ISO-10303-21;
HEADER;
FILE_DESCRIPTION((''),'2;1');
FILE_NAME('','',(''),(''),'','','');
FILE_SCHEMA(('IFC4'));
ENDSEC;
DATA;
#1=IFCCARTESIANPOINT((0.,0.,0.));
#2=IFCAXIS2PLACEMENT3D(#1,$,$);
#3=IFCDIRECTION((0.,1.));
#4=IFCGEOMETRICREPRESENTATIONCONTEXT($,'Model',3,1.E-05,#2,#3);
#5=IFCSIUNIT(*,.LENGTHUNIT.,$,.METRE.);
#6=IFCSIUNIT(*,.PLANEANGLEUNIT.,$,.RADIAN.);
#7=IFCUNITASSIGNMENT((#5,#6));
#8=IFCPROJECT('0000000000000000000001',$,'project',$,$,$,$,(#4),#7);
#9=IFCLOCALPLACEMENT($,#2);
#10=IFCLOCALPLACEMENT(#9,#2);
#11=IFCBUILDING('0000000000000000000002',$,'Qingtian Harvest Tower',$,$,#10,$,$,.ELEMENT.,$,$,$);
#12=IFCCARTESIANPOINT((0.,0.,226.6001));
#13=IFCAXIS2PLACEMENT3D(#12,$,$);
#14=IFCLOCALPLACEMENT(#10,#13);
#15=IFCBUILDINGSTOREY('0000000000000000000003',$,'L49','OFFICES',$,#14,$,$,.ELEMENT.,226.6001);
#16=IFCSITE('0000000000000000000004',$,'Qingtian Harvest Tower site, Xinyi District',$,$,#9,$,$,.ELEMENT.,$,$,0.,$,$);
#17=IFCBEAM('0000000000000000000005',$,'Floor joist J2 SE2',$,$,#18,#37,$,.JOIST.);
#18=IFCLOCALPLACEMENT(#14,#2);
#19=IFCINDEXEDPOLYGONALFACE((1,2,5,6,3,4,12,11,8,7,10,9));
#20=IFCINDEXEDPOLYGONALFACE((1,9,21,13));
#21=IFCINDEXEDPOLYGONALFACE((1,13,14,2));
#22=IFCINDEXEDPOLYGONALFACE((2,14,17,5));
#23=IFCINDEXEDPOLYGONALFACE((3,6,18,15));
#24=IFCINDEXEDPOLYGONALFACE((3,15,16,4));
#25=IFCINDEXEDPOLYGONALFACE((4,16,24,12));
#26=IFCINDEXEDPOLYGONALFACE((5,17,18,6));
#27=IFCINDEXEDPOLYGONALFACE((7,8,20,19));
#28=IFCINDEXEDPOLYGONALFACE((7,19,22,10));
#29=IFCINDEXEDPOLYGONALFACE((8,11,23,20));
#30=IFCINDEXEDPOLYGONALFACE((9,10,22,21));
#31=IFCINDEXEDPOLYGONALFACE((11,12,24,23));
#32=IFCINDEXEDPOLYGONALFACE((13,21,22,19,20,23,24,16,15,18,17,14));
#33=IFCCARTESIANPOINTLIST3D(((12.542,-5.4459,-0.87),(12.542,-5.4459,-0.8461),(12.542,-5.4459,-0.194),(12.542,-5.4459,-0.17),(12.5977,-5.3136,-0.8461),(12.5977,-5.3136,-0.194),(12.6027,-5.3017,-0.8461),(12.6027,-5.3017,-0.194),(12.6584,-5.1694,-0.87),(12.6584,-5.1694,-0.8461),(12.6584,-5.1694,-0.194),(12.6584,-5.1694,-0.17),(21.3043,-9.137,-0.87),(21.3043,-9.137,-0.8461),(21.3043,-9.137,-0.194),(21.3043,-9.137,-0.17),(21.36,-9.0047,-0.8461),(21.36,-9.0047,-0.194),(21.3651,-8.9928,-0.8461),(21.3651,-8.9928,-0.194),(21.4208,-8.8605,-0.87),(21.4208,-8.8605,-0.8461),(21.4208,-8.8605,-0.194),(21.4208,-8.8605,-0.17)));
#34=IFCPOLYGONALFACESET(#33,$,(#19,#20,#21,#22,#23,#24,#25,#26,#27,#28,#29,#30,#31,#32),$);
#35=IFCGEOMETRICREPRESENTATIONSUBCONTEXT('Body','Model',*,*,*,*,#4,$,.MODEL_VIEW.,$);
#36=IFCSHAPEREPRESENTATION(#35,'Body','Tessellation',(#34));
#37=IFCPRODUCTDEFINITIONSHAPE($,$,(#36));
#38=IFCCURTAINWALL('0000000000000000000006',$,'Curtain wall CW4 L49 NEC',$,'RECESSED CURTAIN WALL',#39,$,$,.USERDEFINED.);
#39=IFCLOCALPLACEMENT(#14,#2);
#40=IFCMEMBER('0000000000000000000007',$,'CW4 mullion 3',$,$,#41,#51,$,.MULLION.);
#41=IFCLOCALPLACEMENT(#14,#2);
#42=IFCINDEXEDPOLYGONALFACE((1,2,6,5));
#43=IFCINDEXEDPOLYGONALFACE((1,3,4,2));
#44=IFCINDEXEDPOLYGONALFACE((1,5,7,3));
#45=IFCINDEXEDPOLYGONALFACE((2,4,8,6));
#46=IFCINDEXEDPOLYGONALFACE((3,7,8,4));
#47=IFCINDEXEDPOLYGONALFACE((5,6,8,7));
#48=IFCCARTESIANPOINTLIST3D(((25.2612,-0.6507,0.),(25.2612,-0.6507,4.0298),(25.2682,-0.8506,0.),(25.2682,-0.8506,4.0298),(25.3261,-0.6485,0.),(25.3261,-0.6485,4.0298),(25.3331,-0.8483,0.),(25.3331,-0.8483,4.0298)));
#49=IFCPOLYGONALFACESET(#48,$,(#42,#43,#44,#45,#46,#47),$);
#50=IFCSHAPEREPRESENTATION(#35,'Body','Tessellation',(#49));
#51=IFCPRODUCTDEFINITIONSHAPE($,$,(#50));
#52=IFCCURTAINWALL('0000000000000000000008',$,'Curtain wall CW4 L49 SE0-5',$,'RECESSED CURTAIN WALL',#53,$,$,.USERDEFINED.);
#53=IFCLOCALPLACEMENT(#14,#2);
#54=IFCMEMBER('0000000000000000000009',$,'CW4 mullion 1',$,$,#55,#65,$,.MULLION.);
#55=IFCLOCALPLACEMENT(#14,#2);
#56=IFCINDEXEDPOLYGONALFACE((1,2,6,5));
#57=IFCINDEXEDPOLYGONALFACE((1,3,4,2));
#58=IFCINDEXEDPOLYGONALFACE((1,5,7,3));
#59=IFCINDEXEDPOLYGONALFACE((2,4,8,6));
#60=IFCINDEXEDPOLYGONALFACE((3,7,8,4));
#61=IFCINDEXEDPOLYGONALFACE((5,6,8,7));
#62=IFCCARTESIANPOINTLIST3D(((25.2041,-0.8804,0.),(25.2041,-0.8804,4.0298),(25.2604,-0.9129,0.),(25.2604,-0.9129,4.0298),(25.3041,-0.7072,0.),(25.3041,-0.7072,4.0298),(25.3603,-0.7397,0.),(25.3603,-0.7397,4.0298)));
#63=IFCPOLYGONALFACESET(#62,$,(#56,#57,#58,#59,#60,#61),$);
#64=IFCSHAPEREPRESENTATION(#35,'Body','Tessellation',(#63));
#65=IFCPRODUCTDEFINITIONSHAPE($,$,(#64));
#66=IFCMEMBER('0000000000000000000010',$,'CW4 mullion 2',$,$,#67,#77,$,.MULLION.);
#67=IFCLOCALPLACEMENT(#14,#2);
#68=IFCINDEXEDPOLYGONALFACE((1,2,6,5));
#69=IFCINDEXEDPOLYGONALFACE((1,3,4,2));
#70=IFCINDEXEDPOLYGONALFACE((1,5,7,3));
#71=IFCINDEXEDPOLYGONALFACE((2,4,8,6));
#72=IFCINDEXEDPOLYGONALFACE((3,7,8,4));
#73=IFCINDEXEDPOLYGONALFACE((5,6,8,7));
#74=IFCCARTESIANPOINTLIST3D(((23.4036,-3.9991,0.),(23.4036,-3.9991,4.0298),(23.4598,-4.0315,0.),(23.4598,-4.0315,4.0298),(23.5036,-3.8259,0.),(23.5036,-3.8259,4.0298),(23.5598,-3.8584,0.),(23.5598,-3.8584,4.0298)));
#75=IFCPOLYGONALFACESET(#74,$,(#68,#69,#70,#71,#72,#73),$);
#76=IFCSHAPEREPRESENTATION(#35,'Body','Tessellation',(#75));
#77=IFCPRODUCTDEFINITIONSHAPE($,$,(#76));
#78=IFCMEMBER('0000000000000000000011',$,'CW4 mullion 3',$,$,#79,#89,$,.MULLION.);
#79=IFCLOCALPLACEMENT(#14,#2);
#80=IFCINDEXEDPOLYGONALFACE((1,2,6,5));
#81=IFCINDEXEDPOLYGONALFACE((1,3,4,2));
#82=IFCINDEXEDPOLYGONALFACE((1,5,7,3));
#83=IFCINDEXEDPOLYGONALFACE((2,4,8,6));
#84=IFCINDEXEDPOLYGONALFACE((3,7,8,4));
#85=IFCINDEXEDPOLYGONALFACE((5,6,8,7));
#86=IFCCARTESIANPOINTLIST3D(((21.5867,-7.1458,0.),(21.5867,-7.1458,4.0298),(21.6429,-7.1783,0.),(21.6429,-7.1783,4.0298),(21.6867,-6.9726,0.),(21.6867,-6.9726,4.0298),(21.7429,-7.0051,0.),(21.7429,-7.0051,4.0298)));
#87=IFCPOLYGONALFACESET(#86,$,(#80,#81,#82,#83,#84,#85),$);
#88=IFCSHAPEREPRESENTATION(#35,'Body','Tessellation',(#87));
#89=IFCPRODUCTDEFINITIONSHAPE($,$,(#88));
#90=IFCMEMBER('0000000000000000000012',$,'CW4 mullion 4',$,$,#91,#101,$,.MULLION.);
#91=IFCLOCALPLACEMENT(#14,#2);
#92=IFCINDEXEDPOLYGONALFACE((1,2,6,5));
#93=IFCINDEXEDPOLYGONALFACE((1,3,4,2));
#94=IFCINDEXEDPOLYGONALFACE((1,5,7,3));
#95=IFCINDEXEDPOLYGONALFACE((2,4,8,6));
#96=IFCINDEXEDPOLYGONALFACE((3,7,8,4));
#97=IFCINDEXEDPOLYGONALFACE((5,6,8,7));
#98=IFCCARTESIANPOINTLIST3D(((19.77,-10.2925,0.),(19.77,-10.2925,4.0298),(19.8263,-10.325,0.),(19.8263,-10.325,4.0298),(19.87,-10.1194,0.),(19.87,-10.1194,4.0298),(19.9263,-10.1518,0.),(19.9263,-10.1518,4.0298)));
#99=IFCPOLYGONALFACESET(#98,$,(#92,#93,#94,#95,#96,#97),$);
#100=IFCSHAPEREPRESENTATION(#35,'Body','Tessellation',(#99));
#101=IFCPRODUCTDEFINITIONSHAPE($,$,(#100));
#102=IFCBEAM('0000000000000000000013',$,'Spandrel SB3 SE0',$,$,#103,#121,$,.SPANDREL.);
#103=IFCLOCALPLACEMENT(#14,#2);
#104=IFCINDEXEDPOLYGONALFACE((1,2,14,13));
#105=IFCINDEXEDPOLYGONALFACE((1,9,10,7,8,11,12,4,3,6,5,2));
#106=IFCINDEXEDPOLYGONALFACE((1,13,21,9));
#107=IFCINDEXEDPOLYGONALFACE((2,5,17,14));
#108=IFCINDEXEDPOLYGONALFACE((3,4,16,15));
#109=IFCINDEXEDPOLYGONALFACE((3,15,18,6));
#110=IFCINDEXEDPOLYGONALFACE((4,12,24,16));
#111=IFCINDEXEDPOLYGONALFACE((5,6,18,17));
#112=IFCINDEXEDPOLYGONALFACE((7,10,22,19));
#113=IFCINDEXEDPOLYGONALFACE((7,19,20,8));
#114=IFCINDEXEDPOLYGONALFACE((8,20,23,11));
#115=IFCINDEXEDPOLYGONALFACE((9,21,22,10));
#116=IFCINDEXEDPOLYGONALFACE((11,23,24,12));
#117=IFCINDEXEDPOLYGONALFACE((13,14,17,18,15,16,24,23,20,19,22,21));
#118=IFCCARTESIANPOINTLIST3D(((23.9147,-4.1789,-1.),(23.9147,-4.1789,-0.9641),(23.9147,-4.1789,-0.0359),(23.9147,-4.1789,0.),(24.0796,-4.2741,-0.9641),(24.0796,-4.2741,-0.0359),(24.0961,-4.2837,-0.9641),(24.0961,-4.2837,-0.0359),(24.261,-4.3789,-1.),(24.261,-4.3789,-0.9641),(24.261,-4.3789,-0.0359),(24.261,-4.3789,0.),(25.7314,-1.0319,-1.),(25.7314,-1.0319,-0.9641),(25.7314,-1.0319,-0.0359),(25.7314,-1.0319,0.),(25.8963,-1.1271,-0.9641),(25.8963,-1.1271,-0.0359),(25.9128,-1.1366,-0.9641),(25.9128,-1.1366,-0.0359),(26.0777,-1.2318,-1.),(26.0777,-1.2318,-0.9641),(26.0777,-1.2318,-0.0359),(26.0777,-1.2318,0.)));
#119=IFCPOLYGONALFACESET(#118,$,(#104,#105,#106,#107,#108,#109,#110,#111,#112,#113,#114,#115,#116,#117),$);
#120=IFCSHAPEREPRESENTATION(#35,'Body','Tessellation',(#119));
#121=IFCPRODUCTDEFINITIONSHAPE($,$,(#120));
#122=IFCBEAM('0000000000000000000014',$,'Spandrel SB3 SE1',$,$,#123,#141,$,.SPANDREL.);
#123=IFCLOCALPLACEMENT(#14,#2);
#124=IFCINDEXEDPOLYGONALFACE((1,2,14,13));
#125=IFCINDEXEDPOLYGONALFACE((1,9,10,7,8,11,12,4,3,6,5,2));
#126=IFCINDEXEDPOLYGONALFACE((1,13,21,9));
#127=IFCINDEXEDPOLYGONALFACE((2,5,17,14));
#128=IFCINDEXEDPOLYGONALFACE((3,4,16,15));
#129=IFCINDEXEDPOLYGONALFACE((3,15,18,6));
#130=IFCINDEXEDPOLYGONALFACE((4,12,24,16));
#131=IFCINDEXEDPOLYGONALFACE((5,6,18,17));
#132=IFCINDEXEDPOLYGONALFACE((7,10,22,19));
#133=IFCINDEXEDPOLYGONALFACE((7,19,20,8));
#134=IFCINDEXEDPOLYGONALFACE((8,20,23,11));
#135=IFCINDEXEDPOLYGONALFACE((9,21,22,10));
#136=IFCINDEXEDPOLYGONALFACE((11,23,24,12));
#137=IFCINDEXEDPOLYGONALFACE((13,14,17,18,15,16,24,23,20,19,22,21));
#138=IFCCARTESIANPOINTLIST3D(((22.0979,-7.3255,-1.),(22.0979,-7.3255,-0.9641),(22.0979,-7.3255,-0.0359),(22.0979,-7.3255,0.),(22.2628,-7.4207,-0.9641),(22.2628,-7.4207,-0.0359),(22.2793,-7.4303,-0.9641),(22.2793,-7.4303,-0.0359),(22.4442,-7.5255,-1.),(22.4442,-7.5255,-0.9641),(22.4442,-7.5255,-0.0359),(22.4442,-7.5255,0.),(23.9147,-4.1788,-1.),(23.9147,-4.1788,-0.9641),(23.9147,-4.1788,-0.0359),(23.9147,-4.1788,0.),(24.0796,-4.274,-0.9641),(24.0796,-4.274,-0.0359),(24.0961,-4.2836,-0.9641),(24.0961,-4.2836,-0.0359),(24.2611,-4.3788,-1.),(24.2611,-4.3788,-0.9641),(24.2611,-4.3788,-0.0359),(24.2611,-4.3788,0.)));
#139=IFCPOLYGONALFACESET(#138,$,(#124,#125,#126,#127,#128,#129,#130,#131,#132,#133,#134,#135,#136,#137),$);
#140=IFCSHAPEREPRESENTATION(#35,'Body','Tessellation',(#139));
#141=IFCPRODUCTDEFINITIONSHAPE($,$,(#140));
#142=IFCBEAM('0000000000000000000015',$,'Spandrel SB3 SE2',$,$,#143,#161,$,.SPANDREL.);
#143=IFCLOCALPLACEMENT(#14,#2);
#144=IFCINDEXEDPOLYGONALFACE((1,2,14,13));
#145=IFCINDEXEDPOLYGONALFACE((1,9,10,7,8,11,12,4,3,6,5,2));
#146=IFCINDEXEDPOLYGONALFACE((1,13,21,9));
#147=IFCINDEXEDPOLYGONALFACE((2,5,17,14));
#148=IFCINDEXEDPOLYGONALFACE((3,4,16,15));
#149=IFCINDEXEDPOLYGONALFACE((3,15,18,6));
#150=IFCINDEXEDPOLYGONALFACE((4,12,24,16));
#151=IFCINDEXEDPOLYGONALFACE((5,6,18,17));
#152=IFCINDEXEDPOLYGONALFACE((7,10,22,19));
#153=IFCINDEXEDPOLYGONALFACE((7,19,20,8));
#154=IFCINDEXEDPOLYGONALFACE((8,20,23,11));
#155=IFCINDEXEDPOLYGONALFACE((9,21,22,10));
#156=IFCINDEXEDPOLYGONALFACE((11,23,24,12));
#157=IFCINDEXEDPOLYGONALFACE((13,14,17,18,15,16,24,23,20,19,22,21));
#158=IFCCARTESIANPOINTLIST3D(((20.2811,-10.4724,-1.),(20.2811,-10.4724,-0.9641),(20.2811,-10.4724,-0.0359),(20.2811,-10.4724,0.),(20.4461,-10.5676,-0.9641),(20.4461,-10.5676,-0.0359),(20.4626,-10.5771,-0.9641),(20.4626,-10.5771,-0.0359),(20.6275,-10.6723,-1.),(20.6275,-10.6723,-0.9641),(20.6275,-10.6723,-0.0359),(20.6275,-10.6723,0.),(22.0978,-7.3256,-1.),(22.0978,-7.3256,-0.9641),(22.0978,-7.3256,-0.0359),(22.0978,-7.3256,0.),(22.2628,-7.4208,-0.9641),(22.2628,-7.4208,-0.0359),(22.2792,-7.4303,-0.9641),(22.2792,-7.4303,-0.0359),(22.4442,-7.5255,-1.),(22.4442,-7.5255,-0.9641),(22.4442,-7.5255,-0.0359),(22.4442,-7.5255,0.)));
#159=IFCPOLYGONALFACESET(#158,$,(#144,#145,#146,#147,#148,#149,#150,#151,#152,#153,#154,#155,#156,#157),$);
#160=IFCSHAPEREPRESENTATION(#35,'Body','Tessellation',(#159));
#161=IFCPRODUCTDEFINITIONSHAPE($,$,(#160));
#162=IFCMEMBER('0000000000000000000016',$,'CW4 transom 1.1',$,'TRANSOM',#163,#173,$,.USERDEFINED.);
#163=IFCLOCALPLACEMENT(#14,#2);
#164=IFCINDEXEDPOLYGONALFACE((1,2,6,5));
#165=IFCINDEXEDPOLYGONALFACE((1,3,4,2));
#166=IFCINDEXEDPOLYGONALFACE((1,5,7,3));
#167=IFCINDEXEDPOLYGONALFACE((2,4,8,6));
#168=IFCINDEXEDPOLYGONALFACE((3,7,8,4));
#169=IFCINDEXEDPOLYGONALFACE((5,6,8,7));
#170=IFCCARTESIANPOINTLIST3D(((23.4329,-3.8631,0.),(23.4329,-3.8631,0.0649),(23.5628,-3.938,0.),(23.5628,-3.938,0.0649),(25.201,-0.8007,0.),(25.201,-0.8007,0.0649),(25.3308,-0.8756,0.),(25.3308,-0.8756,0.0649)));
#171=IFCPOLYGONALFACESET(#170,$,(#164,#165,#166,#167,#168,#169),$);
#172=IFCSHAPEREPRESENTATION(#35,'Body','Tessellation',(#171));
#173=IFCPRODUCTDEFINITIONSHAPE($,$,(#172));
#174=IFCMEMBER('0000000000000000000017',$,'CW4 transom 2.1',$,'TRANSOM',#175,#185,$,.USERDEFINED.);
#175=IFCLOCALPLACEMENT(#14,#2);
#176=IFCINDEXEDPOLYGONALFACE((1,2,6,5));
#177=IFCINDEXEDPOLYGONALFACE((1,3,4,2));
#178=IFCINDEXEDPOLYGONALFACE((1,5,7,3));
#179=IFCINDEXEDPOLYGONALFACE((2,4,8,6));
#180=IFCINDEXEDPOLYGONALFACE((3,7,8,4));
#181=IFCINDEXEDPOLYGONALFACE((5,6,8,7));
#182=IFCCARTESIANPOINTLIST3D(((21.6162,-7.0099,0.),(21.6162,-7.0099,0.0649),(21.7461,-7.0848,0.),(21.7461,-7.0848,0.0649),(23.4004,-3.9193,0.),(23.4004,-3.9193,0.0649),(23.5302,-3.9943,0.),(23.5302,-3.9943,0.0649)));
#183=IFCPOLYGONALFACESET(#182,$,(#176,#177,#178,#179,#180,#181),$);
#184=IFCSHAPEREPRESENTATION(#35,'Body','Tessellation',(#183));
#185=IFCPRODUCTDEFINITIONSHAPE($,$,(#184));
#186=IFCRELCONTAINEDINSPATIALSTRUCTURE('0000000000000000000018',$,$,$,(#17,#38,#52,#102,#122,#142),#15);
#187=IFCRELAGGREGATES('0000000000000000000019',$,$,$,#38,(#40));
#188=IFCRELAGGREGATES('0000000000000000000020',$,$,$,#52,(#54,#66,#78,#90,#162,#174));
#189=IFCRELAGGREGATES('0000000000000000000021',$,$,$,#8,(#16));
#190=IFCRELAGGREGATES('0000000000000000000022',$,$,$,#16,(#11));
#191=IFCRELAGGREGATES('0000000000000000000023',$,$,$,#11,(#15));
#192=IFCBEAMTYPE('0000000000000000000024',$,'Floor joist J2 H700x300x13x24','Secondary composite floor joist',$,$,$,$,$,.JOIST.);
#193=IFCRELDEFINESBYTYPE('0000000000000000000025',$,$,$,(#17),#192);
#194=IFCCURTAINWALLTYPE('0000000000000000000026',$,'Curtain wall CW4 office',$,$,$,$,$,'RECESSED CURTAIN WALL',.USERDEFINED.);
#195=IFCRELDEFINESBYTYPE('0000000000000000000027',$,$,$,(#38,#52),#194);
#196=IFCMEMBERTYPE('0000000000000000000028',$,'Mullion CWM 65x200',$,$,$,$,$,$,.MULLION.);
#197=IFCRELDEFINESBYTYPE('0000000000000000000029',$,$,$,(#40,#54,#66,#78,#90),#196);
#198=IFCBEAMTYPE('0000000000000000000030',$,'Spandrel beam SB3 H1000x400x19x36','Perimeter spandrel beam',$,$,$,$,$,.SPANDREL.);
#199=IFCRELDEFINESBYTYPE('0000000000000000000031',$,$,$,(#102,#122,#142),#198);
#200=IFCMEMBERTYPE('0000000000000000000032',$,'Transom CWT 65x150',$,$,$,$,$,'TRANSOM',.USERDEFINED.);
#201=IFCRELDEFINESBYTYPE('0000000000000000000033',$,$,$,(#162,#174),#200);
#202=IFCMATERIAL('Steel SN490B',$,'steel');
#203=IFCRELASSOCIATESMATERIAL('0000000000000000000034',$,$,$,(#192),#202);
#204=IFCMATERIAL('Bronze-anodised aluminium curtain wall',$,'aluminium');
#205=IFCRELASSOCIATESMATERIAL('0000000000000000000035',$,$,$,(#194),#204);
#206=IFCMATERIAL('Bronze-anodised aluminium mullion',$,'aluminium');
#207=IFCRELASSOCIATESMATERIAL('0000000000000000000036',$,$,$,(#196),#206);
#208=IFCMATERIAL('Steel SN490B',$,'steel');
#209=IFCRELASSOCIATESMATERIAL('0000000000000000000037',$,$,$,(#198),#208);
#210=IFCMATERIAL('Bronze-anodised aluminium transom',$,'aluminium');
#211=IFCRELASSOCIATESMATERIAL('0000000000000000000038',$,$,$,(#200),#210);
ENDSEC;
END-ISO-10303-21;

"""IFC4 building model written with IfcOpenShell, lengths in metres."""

from ifc_helpers import new_model, si_unit, direction, frame, origin, origin_2d, place, context, subcontext, project, spatial, rectangle, i_section, extrude, material, material_profile, profile_set, type_object, element, aggregate, save


model = new_model("IFC4")

# Units and contexts
model_context = context("Model", 3, precision=1e-05, world=origin(), true_north=direction((0.0, 1.0)))
body_context = subcontext(model_context, "Body", "Model", "MODEL_VIEW")
ifc_project = project(units=[si_unit("LENGTHUNIT", "METRE"), si_unit("PLANEANGLEUNIT", "RADIAN")], contexts=[model_context])

# Site, building, storey
site_placement = place(None, origin())
site = spatial("IfcSite", under=ifc_project, at=site_placement, Name="Qingtian Harvest Tower site, Xinyi District", CompositionType="ELEMENT", RefElevation=0.0)
building_placement = place(site_placement, origin())
building = spatial("IfcBuilding", under=site, at=building_placement, Name="Qingtian Harvest Tower", CompositionType="ELEMENT")
storey_placement = place(building_placement, frame((0.0, 0.0, 226.6001)))
storey = spatial("IfcBuildingStorey", under=building, at=storey_placement, Name="L49", Description="OFFICES", CompositionType="ELEMENT", Elevation=226.6001)

# Beam
ifc_material_1 = material(Name="Steel SN490B", Category="steel")
ifc_material_profile_1 = material_profile(ifc_material_1, i_section(OverallWidth=0.3, OverallDepth=0.7, WebThickness=0.0129, FlangeThickness=0.0239, at=origin_2d()), Name="H700x300x13x24")
ifc_profile_set_1 = profile_set([ifc_material_profile_1], Name="Steel SN490B")
beam_type_1 = type_object("IfcBeamType", Name="Floor joist J2 H700x300x13x24", Description="Secondary composite floor joist", PredefinedType="JOIST", material=ifc_profile_set_1)
beam_1_placement = place(storey_placement, frame((21.3625, -8.9988, -0.52), z_axis=(-0.921571, 0.38821, 0.0), x_axis=(-0.38821, -0.921571, 0.0)))
element("IfcBeam", 1, at=beam_1_placement, inside=storey, type_object=beam_type_1, Name="Floor joist J2 SE2", PredefinedType="JOIST", context=body_context, shape_type="SweptSolid", body=[
    extrude(i_section(OverallWidth=0.3, OverallDepth=0.7, WebThickness=0.0129, FlangeThickness=0.0239, at=origin_2d()), origin(), (0.0, 0.0, 1.0), 9.5081),
])

# Curtain wall, member
ifc_material_2 = material(Name="Bronze-anodised aluminium curtain wall", Category="aluminium")
curtain_wall_type = type_object("IfcCurtainWallType", Name="Curtain wall CW4 office", ElementType="RECESSED CURTAIN WALL", PredefinedType="USERDEFINED", material=ifc_material_2)
curtain_wall_1_placement = place(storey_placement, origin())
curtain_wall_1 = element("IfcCurtainWall", 2, at=curtain_wall_1_placement, inside=storey, type_object=curtain_wall_type, Name="Curtain wall CW4 L49 NEC", ObjectType="RECESSED CURTAIN WALL", PredefinedType="USERDEFINED")
ifc_material_3 = material(Name="Bronze-anodised aluminium mullion", Category="aluminium")
ifc_material_profile_2 = material_profile(ifc_material_3, rectangle(XDim=0.0649, YDim=0.2, at=origin_2d()), Name="AL 65x200")
ifc_profile_set_2 = profile_set([ifc_material_profile_2], Name="Bronze-anodised aluminium mullion")
member_type_1 = type_object("IfcMemberType", Name="Mullion CWM 65x200", PredefinedType="MULLION", material=ifc_profile_set_2)
member_1_placement = place(storey_placement, frame((25.2971, -0.7495, 0.0), z_axis=(0.0, 0.0, 1.0), x_axis=(0.999391, 0.034899, 0.0)))
member_1 = element("IfcMember", 3, at=member_1_placement, type_object=member_type_1, Name="CW4 mullion 3", PredefinedType="MULLION", context=body_context, shape_type="SweptSolid", body=[
    extrude(rectangle(XDim=0.0649, YDim=0.2, at=origin_2d()), origin(), (0.0, 0.0, 1.0), 4.0298),
])
aggregate(curtain_wall_1, [member_1])

# Curtain wall, members
curtain_wall_2_placement = place(storey_placement, origin())
curtain_wall_2 = element("IfcCurtainWall", 4, at=curtain_wall_2_placement, inside=storey, type_object=curtain_wall_type, Name="Curtain wall CW4 L49 SE0-5", ObjectType="RECESSED CURTAIN WALL", PredefinedType="USERDEFINED")
member_2_placement = place(storey_placement, frame((25.2822, -0.8101, 0.0), z_axis=(0.0, 0.0, 1.0), x_axis=(0.866025, -0.5, 0.0)))
member_2 = element("IfcMember", 5, at=member_2_placement, type_object=member_type_1, Name="CW4 mullion 1", PredefinedType="MULLION", context=body_context, shape_type="SweptSolid", body=[
    extrude(rectangle(XDim=0.0649, YDim=0.2, at=origin_2d()), origin(), (0.0, 0.0, 1.0), 4.0298),
])
member_3_placement = place(storey_placement, frame((23.4817, -3.9287, 0.0), z_axis=(0.0, 0.0, 1.0), x_axis=(0.866025, -0.5, 0.0)))
member_3 = element("IfcMember", 6, at=member_3_placement, type_object=member_type_1, Name="CW4 mullion 2", PredefinedType="MULLION", context=body_context, shape_type="SweptSolid", body=[
    extrude(rectangle(XDim=0.0649, YDim=0.2, at=origin_2d()), origin(), (0.0, 0.0, 1.0), 4.0298),
])
member_4_placement = place(storey_placement, frame((21.6648, -7.0754, 0.0), z_axis=(0.0, 0.0, 1.0), x_axis=(0.866025, -0.5, 0.0)))
member_4 = element("IfcMember", 7, at=member_4_placement, type_object=member_type_1, Name="CW4 mullion 3", PredefinedType="MULLION", context=body_context, shape_type="SweptSolid", body=[
    extrude(rectangle(XDim=0.0649, YDim=0.2, at=origin_2d()), origin(), (0.0, 0.0, 1.0), 4.0298),
])
member_5_placement = place(storey_placement, frame((19.8481, -10.2222, 0.0), z_axis=(0.0, 0.0, 1.0), x_axis=(0.866025, -0.5, 0.0)))
member_5 = element("IfcMember", 8, at=member_5_placement, type_object=member_type_1, Name="CW4 mullion 4", PredefinedType="MULLION", context=body_context, shape_type="SweptSolid", body=[
    extrude(rectangle(XDim=0.0649, YDim=0.2, at=origin_2d()), origin(), (0.0, 0.0, 1.0), 4.0298),
])

# Beams
ifc_material_4 = material(Name="Steel SN490B", Category="steel")
ifc_material_profile_3 = material_profile(ifc_material_4, i_section(OverallWidth=0.3999, OverallDepth=1.0, WebThickness=0.019, FlangeThickness=0.0359, at=origin_2d()), Name="H1000x400x19x36")
ifc_profile_set_3 = profile_set([ifc_material_profile_3], Name="Steel SN490B")
beam_type_2 = type_object("IfcBeamType", Name="Spandrel beam SB3 H1000x400x19x36", Description="Perimeter spandrel beam", PredefinedType="SPANDREL", material=ifc_profile_set_3)
beam_2_placement = place(storey_placement, frame((25.9045, -1.1318, -0.5), z_axis=(-0.499947, -0.866056, 0.0), x_axis=(0.866056, -0.499947, 0.0)))
element("IfcBeam", 9, at=beam_2_placement, inside=storey, type_object=beam_type_2, Name="Spandrel SB3 SE0", PredefinedType="SPANDREL", context=body_context, shape_type="SweptSolid", body=[
    extrude(i_section(OverallWidth=0.3999, OverallDepth=1.0, WebThickness=0.019, FlangeThickness=0.0359, at=origin_2d()), origin(), (0.0, 0.0, 1.0), 3.6338),
])
for number, where, z_axis, x_axis, name in (
    (10, (24.0879, -4.2788, -0.5), (-0.500027, -0.86601, 0.0), (0.86601, -0.500027, 0.0), "Spandrel SB3 SE1"),
    (11, (22.271, -7.4255, -0.5), (-0.499976, -0.866039, 0.0), (0.866039, -0.499976, 0.0), "Spandrel SB3 SE2"),
):
    element("IfcBeam", number, at=place(storey_placement, frame(where, z_axis=z_axis, x_axis=x_axis)), inside=storey, type_object=beam_type_2, Name=name, PredefinedType="SPANDREL", context=body_context, shape_type="SweptSolid", body=[
        extrude(i_section(OverallWidth=0.3999, OverallDepth=1.0, WebThickness=0.019, FlangeThickness=0.0359, at=origin_2d()), origin(), (0.0, 0.0, 1.0), 3.6335),
    ])

# Members
ifc_material_5 = material(Name="Bronze-anodised aluminium transom", Category="aluminium")
ifc_material_profile_4 = material_profile(ifc_material_5, rectangle(XDim=0.1499, YDim=0.0649, at=origin_2d()), Name="AL 65x150")
ifc_profile_set_4 = profile_set([ifc_material_profile_4], Name="Bronze-anodised aluminium transom")
member_type_2 = type_object("IfcMemberType", Name="Transom CWT 65x150", ElementType="TRANSOM", PredefinedType="USERDEFINED", material=ifc_profile_set_4)
member_6_placement = place(storey_placement, frame((25.2659, -0.8381, 0.0325), z_axis=(-0.499985, -0.866034, 0.0), x_axis=(0.866034, -0.499985, 0.0)))
member_6 = element("IfcMember", 12, at=member_6_placement, type_object=member_type_2, Name="CW4 transom 1.1", ObjectType="TRANSOM", PredefinedType="USERDEFINED", context=body_context, shape_type="SweptSolid", body=[
    extrude(rectangle(XDim=0.1499, YDim=0.0649, at=origin_2d()), origin(), (0.0, 0.0, 1.0), 3.5361),
])
member_7_placement = place(storey_placement, frame((23.4653, -3.9568, 0.0325), z_axis=(-0.499965, -0.866045, 0.0), x_axis=(0.866045, -0.499965, 0.0)))
member_7 = element("IfcMember", 13, at=member_7_placement, type_object=member_type_2, Name="CW4 transom 2.1", ObjectType="TRANSOM", PredefinedType="USERDEFINED", context=body_context, shape_type="SweptSolid", body=[
    extrude(rectangle(XDim=0.1499, YDim=0.0649, at=origin_2d()), origin(), (0.0, 0.0, 1.0), 3.5686),
])

aggregate(curtain_wall_2, [member_2, member_3, member_4, member_5, member_6, member_7])

save(model, "model.ifc")
